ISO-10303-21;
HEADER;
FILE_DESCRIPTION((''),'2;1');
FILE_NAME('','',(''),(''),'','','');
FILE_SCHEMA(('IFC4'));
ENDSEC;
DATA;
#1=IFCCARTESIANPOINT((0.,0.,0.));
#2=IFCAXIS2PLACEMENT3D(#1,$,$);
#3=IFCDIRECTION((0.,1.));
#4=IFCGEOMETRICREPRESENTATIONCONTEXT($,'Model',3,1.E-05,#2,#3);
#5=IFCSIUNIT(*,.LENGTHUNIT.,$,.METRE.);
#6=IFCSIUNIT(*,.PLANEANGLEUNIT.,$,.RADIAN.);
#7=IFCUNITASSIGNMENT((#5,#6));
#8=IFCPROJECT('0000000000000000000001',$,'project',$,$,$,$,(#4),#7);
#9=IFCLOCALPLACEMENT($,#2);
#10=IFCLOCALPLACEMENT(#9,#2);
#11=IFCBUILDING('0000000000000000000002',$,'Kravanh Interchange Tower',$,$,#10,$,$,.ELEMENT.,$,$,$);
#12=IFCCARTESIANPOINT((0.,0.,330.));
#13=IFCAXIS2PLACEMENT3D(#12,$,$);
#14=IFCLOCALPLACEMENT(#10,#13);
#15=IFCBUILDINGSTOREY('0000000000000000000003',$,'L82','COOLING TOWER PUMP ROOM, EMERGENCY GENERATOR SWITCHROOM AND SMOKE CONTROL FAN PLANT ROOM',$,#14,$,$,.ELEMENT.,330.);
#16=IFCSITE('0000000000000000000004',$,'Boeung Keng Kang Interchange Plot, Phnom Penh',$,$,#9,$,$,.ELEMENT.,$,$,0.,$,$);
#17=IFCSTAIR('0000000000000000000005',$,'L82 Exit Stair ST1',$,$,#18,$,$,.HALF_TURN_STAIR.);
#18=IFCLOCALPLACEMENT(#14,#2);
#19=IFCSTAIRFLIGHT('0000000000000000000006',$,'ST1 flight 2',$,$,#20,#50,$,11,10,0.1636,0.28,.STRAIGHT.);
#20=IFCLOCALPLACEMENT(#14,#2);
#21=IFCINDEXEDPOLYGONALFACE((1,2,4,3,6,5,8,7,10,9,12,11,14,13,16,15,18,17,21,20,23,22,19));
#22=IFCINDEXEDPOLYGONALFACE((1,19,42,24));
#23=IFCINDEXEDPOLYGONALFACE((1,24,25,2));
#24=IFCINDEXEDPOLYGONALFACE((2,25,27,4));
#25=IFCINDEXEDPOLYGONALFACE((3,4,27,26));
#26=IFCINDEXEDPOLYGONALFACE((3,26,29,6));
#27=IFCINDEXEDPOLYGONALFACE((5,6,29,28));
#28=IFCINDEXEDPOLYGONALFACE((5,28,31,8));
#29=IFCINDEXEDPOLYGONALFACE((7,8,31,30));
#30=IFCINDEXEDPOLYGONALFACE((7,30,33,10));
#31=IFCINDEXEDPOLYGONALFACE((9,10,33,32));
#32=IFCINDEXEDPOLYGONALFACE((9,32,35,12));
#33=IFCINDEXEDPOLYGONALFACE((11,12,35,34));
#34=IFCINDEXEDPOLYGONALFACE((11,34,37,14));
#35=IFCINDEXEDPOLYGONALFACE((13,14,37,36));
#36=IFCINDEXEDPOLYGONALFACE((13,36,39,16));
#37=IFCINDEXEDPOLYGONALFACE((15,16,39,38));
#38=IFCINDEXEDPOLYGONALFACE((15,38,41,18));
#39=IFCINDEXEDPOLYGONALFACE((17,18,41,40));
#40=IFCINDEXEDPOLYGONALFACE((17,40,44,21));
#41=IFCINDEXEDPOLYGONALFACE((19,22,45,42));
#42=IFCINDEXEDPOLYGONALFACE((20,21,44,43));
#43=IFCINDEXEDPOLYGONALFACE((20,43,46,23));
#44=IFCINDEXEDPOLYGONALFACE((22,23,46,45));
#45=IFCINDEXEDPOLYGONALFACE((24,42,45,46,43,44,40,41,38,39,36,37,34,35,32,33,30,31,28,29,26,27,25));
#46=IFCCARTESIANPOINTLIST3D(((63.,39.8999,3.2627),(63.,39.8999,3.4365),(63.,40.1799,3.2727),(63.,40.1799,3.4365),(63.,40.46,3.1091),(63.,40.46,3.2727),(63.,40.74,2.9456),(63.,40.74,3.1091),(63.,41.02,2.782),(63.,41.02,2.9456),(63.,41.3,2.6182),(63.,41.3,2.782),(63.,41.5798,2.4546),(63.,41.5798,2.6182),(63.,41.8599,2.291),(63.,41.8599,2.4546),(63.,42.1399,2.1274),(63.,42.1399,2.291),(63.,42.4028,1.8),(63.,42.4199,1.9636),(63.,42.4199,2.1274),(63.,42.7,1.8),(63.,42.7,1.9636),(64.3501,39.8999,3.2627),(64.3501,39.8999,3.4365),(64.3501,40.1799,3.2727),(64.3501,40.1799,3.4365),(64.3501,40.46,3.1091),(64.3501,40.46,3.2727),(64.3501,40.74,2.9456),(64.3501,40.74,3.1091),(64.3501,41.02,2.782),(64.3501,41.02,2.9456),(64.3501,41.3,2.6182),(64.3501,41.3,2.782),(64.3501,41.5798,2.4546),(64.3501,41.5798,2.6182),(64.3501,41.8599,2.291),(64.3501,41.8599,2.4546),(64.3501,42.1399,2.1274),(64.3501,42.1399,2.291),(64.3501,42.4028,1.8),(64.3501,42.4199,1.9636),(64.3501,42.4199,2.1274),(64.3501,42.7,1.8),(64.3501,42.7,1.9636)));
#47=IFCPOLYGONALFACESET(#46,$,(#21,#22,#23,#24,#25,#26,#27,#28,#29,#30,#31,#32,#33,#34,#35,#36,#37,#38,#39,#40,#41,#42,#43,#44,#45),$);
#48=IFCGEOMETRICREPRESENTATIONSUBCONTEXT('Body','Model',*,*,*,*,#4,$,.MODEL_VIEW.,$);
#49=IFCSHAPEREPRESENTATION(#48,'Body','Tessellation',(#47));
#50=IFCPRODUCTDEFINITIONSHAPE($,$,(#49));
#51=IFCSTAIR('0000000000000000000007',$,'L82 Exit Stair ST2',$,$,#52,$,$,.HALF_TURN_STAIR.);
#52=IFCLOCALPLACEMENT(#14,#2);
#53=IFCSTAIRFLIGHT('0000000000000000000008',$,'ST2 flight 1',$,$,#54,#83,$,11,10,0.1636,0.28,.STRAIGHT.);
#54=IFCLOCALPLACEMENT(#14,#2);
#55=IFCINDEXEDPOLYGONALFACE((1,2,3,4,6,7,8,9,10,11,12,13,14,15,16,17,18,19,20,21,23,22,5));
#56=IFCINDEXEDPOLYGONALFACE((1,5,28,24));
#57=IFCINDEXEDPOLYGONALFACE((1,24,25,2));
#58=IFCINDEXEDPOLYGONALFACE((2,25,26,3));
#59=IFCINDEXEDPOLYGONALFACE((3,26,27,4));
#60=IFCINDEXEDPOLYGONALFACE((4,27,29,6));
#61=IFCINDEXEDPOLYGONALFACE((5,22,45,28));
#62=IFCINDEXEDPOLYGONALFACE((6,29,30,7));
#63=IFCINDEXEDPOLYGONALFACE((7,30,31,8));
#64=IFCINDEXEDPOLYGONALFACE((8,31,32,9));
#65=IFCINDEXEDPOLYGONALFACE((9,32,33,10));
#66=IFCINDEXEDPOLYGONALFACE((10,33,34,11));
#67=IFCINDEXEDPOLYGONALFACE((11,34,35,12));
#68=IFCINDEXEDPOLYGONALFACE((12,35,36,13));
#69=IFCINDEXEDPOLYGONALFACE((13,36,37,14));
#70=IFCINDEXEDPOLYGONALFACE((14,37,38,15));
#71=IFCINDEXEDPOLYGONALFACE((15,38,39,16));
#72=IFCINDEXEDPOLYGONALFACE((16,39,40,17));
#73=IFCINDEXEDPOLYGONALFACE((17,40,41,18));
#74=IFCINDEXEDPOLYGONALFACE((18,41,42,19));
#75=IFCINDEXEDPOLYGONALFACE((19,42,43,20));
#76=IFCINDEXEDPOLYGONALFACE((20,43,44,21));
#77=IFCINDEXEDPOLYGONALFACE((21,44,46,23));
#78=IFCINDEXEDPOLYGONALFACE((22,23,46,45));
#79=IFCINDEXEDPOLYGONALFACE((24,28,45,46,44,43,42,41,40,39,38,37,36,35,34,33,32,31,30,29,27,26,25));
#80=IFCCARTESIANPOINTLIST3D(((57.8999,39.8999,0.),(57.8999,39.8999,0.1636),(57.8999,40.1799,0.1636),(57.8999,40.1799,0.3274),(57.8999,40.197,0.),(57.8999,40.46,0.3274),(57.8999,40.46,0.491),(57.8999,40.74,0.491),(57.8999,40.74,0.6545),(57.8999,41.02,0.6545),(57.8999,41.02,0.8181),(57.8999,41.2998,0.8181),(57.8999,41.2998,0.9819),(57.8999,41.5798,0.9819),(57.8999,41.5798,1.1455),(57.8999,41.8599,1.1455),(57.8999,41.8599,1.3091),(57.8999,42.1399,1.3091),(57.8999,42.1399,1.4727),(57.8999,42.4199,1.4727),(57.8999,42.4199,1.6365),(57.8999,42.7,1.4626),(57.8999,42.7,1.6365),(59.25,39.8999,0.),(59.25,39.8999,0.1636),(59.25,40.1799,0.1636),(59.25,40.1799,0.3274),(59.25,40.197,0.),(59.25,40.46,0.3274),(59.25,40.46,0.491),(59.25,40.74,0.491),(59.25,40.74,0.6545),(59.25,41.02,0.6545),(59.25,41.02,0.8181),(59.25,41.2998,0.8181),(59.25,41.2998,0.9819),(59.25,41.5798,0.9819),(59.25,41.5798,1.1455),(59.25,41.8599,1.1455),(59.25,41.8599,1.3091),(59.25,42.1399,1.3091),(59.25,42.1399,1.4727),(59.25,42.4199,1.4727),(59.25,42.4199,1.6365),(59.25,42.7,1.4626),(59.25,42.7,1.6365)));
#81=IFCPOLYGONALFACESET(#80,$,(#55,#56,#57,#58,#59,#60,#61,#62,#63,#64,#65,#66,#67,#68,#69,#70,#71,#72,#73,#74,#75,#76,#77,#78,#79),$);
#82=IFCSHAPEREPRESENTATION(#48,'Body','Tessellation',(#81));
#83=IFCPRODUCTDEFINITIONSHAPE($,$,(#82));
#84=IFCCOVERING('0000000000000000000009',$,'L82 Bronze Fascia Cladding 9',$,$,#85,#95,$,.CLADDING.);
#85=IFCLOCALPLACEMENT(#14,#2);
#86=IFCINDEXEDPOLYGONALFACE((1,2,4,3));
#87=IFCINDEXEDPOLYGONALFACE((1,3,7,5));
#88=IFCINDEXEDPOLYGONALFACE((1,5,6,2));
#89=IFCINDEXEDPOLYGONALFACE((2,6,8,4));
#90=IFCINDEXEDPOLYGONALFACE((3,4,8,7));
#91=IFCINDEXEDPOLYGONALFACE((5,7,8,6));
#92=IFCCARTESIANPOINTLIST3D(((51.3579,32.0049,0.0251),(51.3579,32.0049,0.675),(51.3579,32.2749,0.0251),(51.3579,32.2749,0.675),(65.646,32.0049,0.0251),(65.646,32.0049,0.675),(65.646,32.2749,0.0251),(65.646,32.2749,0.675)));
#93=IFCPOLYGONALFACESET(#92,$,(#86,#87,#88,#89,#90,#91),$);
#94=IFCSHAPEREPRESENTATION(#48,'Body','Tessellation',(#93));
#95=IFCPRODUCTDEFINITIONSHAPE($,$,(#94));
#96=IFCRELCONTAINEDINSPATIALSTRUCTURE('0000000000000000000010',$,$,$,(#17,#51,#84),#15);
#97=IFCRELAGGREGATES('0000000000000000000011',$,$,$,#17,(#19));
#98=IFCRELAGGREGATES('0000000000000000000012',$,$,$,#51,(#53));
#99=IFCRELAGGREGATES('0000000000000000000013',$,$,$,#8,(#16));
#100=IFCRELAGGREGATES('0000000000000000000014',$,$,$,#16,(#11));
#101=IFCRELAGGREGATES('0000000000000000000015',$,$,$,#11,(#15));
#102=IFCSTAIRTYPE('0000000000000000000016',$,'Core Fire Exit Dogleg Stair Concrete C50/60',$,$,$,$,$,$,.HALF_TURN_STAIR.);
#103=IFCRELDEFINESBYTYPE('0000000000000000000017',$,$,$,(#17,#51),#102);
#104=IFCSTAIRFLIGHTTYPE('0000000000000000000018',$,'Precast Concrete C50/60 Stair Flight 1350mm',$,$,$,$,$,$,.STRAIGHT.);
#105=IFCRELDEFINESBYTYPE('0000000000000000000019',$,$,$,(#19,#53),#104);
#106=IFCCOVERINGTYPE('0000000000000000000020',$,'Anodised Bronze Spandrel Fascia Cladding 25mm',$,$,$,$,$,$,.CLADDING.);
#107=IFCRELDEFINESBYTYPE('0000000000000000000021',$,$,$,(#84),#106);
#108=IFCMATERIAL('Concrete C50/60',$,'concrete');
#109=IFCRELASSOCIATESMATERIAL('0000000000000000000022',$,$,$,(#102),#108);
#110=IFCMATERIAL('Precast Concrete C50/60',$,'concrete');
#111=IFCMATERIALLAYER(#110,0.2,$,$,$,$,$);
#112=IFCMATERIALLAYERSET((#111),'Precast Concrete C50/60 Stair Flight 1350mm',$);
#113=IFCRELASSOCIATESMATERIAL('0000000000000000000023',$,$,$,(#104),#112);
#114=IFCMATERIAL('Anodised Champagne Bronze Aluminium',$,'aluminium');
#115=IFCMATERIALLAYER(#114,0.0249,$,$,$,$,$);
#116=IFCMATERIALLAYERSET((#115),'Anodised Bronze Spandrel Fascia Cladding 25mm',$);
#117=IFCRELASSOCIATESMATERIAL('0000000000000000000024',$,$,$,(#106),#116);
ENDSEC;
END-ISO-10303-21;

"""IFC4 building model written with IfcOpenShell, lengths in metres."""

from ifc_helpers import new_model, si_unit, direction, frame, origin, origin_2d, place, context, subcontext, project, spatial, polyline, rectangle, outline, extrude, material, layer, layer_set, type_object, element, aggregate, save


model = new_model("IFC4")

# Units and contexts
model_context = context("Model", 3, precision=1e-05, world=origin(), true_north=direction((0.0, 1.0)))
body_context = subcontext(model_context, "Body", "Model", "MODEL_VIEW")
ifc_project = project(units=[si_unit("LENGTHUNIT", "METRE"), si_unit("PLANEANGLEUNIT", "RADIAN")], contexts=[model_context])

# Site, building, storey
site_placement = place(None, origin())
site = spatial("IfcSite", under=ifc_project, at=site_placement, Name="Boeung Keng Kang Interchange Plot, Phnom Penh", CompositionType="ELEMENT", RefElevation=0.0)
building_placement = place(site_placement, origin())
building = spatial("IfcBuilding", under=site, at=building_placement, Name="Kravanh Interchange Tower", CompositionType="ELEMENT")
storey_placement = place(building_placement, frame((0.0, 0.0, 330.0)))
storey = spatial("IfcBuildingStorey", under=building, at=storey_placement, Name="L82", Description="COOLING TOWER PUMP ROOM, EMERGENCY GENERATOR SWITCHROOM AND SMOKE CONTROL FAN PLANT ROOM", CompositionType="ELEMENT", Elevation=330.0)

# Stair, stair flight
ifc_material_1 = material(Name="Concrete C50/60", Category="concrete")
stair_type = type_object("IfcStairType", Name="Core Fire Exit Dogleg Stair Concrete C50/60", PredefinedType="HALF_TURN_STAIR", material=ifc_material_1)
stair_1_placement = place(storey_placement, origin())
stair_1 = element("IfcStair", 1, at=stair_1_placement, inside=storey, type_object=stair_type, Name="L82 Exit Stair ST1", PredefinedType="HALF_TURN_STAIR")
ifc_material_2 = material(Name="Precast Concrete C50/60", Category="concrete")
ifc_layer_1 = layer(ifc_material_2, 0.2)
ifc_layer_set_1 = layer_set([ifc_layer_1], Name="Precast Concrete C50/60 Stair Flight 1350mm")
stair_flight_type = type_object("IfcStairFlightType", Name="Precast Concrete C50/60 Stair Flight 1350mm", PredefinedType="STRAIGHT", material=ifc_layer_set_1)
stair_flight_1_placement = place(storey_placement, frame((63.675, 42.7, 1.8), z_axis=(0.0, 0.0, 1.0), x_axis=(0.0, -1.0, 0.0)))
stair_flight_1 = element("IfcStairFlight", 2, at=stair_flight_1_placement, type_object=stair_flight_type, Name="ST1 flight 2", NumberOfRisers=11, NumberOfTreads=10, PredefinedType="STRAIGHT", RiserHeight=0.1636, TreadLength=0.28, context=body_context, shape_type="SweptSolid", body=[
    extrude(outline(polyline([(0.0, 0.0), (0.0, 0.1636), (0.28, 0.1636), (0.28, 0.3274), (0.5601, 0.3274), (0.5601, 0.491), (0.8401, 0.491), (0.8401, 0.6545), (1.1201, 0.6545), (1.1201, 0.8181), (1.3999, 0.8181), (1.3999, 0.9819), (1.6799, 0.9819), (1.6799, 1.1455), (1.96, 1.1455), (1.96, 1.3091), (2.24, 1.3091), (2.24, 1.4727), (2.52, 1.4727), (2.52, 1.6365), (2.8, 1.6365), (2.8, 1.8), (2.8, 1.4626), (0.2971, 0.0), (0.0, 0.0)])), frame((0.0, 0.675, 0.0), z_axis=(0.0, -1.0, 0.0), x_axis=(1.0, 0.0, 0.0)), (0.0, 0.0, 1.0), 1.3501),
])
aggregate(stair_1, [stair_flight_1])

# Stair, stair flight
stair_2_placement = place(storey_placement, origin())
stair_2 = element("IfcStair", 3, at=stair_2_placement, inside=storey, type_object=stair_type, Name="L82 Exit Stair ST2", PredefinedType="HALF_TURN_STAIR")
stair_flight_2_placement = place(storey_placement, frame((58.575, 39.8999, 0.0), z_axis=(0.0, 0.0, 1.0), x_axis=(0.0, 1.0, 0.0)))
stair_flight_2 = element("IfcStairFlight", 4, at=stair_flight_2_placement, type_object=stair_flight_type, Name="ST2 flight 1", NumberOfRisers=11, NumberOfTreads=10, PredefinedType="STRAIGHT", RiserHeight=0.1636, TreadLength=0.28, context=body_context, shape_type="SweptSolid", body=[
    extrude(outline(polyline([(0.0, 0.0), (0.0, 0.1636), (0.28, 0.1636), (0.28, 0.3274), (0.5601, 0.3274), (0.5601, 0.491), (0.8401, 0.491), (0.8401, 0.6545), (1.1201, 0.6545), (1.1201, 0.8181), (1.3999, 0.8181), (1.3999, 0.9819), (1.6799, 0.9819), (1.6799, 1.1455), (1.96, 1.1455), (1.96, 1.3091), (2.24, 1.3091), (2.24, 1.4727), (2.52, 1.4727), (2.52, 1.6365), (2.8, 1.6365), (2.8, 1.8), (2.8, 1.4626), (0.2971, 0.0), (0.0, 0.0)])), frame((0.0, 0.675, 0.0), z_axis=(0.0, -1.0, 0.0), x_axis=(1.0, 0.0, 0.0)), (0.0, 0.0, 1.0), 1.3501),
])
aggregate(stair_2, [stair_flight_2])

# Covering
ifc_material_3 = material(Name="Anodised Champagne Bronze Aluminium", Category="aluminium")
ifc_layer_2 = layer(ifc_material_3, 0.0249)
ifc_layer_set_2 = layer_set([ifc_layer_2], Name="Anodised Bronze Spandrel Fascia Cladding 25mm")
covering_type = type_object("IfcCoveringType", Name="Anodised Bronze Spandrel Fascia Cladding 25mm", PredefinedType="CLADDING", material=ifc_layer_set_2)
covering_placement = place(storey_placement, frame((58.502, 32.1399, 0.0251), z_axis=(0.0, 0.0, 1.0), x_axis=(-1.0, 0.0, 0.0)))
element("IfcCovering", 5, at=covering_placement, inside=storey, type_object=covering_type, Name="L82 Bronze Fascia Cladding 9", PredefinedType="CLADDING", context=body_context, shape_type="SweptSolid", body=[
    extrude(rectangle(XDim=14.2881, YDim=0.27, at=origin_2d()), origin(), (0.0, 0.0, 1.0), 0.6499),
])

save(model, "model.ifc")
